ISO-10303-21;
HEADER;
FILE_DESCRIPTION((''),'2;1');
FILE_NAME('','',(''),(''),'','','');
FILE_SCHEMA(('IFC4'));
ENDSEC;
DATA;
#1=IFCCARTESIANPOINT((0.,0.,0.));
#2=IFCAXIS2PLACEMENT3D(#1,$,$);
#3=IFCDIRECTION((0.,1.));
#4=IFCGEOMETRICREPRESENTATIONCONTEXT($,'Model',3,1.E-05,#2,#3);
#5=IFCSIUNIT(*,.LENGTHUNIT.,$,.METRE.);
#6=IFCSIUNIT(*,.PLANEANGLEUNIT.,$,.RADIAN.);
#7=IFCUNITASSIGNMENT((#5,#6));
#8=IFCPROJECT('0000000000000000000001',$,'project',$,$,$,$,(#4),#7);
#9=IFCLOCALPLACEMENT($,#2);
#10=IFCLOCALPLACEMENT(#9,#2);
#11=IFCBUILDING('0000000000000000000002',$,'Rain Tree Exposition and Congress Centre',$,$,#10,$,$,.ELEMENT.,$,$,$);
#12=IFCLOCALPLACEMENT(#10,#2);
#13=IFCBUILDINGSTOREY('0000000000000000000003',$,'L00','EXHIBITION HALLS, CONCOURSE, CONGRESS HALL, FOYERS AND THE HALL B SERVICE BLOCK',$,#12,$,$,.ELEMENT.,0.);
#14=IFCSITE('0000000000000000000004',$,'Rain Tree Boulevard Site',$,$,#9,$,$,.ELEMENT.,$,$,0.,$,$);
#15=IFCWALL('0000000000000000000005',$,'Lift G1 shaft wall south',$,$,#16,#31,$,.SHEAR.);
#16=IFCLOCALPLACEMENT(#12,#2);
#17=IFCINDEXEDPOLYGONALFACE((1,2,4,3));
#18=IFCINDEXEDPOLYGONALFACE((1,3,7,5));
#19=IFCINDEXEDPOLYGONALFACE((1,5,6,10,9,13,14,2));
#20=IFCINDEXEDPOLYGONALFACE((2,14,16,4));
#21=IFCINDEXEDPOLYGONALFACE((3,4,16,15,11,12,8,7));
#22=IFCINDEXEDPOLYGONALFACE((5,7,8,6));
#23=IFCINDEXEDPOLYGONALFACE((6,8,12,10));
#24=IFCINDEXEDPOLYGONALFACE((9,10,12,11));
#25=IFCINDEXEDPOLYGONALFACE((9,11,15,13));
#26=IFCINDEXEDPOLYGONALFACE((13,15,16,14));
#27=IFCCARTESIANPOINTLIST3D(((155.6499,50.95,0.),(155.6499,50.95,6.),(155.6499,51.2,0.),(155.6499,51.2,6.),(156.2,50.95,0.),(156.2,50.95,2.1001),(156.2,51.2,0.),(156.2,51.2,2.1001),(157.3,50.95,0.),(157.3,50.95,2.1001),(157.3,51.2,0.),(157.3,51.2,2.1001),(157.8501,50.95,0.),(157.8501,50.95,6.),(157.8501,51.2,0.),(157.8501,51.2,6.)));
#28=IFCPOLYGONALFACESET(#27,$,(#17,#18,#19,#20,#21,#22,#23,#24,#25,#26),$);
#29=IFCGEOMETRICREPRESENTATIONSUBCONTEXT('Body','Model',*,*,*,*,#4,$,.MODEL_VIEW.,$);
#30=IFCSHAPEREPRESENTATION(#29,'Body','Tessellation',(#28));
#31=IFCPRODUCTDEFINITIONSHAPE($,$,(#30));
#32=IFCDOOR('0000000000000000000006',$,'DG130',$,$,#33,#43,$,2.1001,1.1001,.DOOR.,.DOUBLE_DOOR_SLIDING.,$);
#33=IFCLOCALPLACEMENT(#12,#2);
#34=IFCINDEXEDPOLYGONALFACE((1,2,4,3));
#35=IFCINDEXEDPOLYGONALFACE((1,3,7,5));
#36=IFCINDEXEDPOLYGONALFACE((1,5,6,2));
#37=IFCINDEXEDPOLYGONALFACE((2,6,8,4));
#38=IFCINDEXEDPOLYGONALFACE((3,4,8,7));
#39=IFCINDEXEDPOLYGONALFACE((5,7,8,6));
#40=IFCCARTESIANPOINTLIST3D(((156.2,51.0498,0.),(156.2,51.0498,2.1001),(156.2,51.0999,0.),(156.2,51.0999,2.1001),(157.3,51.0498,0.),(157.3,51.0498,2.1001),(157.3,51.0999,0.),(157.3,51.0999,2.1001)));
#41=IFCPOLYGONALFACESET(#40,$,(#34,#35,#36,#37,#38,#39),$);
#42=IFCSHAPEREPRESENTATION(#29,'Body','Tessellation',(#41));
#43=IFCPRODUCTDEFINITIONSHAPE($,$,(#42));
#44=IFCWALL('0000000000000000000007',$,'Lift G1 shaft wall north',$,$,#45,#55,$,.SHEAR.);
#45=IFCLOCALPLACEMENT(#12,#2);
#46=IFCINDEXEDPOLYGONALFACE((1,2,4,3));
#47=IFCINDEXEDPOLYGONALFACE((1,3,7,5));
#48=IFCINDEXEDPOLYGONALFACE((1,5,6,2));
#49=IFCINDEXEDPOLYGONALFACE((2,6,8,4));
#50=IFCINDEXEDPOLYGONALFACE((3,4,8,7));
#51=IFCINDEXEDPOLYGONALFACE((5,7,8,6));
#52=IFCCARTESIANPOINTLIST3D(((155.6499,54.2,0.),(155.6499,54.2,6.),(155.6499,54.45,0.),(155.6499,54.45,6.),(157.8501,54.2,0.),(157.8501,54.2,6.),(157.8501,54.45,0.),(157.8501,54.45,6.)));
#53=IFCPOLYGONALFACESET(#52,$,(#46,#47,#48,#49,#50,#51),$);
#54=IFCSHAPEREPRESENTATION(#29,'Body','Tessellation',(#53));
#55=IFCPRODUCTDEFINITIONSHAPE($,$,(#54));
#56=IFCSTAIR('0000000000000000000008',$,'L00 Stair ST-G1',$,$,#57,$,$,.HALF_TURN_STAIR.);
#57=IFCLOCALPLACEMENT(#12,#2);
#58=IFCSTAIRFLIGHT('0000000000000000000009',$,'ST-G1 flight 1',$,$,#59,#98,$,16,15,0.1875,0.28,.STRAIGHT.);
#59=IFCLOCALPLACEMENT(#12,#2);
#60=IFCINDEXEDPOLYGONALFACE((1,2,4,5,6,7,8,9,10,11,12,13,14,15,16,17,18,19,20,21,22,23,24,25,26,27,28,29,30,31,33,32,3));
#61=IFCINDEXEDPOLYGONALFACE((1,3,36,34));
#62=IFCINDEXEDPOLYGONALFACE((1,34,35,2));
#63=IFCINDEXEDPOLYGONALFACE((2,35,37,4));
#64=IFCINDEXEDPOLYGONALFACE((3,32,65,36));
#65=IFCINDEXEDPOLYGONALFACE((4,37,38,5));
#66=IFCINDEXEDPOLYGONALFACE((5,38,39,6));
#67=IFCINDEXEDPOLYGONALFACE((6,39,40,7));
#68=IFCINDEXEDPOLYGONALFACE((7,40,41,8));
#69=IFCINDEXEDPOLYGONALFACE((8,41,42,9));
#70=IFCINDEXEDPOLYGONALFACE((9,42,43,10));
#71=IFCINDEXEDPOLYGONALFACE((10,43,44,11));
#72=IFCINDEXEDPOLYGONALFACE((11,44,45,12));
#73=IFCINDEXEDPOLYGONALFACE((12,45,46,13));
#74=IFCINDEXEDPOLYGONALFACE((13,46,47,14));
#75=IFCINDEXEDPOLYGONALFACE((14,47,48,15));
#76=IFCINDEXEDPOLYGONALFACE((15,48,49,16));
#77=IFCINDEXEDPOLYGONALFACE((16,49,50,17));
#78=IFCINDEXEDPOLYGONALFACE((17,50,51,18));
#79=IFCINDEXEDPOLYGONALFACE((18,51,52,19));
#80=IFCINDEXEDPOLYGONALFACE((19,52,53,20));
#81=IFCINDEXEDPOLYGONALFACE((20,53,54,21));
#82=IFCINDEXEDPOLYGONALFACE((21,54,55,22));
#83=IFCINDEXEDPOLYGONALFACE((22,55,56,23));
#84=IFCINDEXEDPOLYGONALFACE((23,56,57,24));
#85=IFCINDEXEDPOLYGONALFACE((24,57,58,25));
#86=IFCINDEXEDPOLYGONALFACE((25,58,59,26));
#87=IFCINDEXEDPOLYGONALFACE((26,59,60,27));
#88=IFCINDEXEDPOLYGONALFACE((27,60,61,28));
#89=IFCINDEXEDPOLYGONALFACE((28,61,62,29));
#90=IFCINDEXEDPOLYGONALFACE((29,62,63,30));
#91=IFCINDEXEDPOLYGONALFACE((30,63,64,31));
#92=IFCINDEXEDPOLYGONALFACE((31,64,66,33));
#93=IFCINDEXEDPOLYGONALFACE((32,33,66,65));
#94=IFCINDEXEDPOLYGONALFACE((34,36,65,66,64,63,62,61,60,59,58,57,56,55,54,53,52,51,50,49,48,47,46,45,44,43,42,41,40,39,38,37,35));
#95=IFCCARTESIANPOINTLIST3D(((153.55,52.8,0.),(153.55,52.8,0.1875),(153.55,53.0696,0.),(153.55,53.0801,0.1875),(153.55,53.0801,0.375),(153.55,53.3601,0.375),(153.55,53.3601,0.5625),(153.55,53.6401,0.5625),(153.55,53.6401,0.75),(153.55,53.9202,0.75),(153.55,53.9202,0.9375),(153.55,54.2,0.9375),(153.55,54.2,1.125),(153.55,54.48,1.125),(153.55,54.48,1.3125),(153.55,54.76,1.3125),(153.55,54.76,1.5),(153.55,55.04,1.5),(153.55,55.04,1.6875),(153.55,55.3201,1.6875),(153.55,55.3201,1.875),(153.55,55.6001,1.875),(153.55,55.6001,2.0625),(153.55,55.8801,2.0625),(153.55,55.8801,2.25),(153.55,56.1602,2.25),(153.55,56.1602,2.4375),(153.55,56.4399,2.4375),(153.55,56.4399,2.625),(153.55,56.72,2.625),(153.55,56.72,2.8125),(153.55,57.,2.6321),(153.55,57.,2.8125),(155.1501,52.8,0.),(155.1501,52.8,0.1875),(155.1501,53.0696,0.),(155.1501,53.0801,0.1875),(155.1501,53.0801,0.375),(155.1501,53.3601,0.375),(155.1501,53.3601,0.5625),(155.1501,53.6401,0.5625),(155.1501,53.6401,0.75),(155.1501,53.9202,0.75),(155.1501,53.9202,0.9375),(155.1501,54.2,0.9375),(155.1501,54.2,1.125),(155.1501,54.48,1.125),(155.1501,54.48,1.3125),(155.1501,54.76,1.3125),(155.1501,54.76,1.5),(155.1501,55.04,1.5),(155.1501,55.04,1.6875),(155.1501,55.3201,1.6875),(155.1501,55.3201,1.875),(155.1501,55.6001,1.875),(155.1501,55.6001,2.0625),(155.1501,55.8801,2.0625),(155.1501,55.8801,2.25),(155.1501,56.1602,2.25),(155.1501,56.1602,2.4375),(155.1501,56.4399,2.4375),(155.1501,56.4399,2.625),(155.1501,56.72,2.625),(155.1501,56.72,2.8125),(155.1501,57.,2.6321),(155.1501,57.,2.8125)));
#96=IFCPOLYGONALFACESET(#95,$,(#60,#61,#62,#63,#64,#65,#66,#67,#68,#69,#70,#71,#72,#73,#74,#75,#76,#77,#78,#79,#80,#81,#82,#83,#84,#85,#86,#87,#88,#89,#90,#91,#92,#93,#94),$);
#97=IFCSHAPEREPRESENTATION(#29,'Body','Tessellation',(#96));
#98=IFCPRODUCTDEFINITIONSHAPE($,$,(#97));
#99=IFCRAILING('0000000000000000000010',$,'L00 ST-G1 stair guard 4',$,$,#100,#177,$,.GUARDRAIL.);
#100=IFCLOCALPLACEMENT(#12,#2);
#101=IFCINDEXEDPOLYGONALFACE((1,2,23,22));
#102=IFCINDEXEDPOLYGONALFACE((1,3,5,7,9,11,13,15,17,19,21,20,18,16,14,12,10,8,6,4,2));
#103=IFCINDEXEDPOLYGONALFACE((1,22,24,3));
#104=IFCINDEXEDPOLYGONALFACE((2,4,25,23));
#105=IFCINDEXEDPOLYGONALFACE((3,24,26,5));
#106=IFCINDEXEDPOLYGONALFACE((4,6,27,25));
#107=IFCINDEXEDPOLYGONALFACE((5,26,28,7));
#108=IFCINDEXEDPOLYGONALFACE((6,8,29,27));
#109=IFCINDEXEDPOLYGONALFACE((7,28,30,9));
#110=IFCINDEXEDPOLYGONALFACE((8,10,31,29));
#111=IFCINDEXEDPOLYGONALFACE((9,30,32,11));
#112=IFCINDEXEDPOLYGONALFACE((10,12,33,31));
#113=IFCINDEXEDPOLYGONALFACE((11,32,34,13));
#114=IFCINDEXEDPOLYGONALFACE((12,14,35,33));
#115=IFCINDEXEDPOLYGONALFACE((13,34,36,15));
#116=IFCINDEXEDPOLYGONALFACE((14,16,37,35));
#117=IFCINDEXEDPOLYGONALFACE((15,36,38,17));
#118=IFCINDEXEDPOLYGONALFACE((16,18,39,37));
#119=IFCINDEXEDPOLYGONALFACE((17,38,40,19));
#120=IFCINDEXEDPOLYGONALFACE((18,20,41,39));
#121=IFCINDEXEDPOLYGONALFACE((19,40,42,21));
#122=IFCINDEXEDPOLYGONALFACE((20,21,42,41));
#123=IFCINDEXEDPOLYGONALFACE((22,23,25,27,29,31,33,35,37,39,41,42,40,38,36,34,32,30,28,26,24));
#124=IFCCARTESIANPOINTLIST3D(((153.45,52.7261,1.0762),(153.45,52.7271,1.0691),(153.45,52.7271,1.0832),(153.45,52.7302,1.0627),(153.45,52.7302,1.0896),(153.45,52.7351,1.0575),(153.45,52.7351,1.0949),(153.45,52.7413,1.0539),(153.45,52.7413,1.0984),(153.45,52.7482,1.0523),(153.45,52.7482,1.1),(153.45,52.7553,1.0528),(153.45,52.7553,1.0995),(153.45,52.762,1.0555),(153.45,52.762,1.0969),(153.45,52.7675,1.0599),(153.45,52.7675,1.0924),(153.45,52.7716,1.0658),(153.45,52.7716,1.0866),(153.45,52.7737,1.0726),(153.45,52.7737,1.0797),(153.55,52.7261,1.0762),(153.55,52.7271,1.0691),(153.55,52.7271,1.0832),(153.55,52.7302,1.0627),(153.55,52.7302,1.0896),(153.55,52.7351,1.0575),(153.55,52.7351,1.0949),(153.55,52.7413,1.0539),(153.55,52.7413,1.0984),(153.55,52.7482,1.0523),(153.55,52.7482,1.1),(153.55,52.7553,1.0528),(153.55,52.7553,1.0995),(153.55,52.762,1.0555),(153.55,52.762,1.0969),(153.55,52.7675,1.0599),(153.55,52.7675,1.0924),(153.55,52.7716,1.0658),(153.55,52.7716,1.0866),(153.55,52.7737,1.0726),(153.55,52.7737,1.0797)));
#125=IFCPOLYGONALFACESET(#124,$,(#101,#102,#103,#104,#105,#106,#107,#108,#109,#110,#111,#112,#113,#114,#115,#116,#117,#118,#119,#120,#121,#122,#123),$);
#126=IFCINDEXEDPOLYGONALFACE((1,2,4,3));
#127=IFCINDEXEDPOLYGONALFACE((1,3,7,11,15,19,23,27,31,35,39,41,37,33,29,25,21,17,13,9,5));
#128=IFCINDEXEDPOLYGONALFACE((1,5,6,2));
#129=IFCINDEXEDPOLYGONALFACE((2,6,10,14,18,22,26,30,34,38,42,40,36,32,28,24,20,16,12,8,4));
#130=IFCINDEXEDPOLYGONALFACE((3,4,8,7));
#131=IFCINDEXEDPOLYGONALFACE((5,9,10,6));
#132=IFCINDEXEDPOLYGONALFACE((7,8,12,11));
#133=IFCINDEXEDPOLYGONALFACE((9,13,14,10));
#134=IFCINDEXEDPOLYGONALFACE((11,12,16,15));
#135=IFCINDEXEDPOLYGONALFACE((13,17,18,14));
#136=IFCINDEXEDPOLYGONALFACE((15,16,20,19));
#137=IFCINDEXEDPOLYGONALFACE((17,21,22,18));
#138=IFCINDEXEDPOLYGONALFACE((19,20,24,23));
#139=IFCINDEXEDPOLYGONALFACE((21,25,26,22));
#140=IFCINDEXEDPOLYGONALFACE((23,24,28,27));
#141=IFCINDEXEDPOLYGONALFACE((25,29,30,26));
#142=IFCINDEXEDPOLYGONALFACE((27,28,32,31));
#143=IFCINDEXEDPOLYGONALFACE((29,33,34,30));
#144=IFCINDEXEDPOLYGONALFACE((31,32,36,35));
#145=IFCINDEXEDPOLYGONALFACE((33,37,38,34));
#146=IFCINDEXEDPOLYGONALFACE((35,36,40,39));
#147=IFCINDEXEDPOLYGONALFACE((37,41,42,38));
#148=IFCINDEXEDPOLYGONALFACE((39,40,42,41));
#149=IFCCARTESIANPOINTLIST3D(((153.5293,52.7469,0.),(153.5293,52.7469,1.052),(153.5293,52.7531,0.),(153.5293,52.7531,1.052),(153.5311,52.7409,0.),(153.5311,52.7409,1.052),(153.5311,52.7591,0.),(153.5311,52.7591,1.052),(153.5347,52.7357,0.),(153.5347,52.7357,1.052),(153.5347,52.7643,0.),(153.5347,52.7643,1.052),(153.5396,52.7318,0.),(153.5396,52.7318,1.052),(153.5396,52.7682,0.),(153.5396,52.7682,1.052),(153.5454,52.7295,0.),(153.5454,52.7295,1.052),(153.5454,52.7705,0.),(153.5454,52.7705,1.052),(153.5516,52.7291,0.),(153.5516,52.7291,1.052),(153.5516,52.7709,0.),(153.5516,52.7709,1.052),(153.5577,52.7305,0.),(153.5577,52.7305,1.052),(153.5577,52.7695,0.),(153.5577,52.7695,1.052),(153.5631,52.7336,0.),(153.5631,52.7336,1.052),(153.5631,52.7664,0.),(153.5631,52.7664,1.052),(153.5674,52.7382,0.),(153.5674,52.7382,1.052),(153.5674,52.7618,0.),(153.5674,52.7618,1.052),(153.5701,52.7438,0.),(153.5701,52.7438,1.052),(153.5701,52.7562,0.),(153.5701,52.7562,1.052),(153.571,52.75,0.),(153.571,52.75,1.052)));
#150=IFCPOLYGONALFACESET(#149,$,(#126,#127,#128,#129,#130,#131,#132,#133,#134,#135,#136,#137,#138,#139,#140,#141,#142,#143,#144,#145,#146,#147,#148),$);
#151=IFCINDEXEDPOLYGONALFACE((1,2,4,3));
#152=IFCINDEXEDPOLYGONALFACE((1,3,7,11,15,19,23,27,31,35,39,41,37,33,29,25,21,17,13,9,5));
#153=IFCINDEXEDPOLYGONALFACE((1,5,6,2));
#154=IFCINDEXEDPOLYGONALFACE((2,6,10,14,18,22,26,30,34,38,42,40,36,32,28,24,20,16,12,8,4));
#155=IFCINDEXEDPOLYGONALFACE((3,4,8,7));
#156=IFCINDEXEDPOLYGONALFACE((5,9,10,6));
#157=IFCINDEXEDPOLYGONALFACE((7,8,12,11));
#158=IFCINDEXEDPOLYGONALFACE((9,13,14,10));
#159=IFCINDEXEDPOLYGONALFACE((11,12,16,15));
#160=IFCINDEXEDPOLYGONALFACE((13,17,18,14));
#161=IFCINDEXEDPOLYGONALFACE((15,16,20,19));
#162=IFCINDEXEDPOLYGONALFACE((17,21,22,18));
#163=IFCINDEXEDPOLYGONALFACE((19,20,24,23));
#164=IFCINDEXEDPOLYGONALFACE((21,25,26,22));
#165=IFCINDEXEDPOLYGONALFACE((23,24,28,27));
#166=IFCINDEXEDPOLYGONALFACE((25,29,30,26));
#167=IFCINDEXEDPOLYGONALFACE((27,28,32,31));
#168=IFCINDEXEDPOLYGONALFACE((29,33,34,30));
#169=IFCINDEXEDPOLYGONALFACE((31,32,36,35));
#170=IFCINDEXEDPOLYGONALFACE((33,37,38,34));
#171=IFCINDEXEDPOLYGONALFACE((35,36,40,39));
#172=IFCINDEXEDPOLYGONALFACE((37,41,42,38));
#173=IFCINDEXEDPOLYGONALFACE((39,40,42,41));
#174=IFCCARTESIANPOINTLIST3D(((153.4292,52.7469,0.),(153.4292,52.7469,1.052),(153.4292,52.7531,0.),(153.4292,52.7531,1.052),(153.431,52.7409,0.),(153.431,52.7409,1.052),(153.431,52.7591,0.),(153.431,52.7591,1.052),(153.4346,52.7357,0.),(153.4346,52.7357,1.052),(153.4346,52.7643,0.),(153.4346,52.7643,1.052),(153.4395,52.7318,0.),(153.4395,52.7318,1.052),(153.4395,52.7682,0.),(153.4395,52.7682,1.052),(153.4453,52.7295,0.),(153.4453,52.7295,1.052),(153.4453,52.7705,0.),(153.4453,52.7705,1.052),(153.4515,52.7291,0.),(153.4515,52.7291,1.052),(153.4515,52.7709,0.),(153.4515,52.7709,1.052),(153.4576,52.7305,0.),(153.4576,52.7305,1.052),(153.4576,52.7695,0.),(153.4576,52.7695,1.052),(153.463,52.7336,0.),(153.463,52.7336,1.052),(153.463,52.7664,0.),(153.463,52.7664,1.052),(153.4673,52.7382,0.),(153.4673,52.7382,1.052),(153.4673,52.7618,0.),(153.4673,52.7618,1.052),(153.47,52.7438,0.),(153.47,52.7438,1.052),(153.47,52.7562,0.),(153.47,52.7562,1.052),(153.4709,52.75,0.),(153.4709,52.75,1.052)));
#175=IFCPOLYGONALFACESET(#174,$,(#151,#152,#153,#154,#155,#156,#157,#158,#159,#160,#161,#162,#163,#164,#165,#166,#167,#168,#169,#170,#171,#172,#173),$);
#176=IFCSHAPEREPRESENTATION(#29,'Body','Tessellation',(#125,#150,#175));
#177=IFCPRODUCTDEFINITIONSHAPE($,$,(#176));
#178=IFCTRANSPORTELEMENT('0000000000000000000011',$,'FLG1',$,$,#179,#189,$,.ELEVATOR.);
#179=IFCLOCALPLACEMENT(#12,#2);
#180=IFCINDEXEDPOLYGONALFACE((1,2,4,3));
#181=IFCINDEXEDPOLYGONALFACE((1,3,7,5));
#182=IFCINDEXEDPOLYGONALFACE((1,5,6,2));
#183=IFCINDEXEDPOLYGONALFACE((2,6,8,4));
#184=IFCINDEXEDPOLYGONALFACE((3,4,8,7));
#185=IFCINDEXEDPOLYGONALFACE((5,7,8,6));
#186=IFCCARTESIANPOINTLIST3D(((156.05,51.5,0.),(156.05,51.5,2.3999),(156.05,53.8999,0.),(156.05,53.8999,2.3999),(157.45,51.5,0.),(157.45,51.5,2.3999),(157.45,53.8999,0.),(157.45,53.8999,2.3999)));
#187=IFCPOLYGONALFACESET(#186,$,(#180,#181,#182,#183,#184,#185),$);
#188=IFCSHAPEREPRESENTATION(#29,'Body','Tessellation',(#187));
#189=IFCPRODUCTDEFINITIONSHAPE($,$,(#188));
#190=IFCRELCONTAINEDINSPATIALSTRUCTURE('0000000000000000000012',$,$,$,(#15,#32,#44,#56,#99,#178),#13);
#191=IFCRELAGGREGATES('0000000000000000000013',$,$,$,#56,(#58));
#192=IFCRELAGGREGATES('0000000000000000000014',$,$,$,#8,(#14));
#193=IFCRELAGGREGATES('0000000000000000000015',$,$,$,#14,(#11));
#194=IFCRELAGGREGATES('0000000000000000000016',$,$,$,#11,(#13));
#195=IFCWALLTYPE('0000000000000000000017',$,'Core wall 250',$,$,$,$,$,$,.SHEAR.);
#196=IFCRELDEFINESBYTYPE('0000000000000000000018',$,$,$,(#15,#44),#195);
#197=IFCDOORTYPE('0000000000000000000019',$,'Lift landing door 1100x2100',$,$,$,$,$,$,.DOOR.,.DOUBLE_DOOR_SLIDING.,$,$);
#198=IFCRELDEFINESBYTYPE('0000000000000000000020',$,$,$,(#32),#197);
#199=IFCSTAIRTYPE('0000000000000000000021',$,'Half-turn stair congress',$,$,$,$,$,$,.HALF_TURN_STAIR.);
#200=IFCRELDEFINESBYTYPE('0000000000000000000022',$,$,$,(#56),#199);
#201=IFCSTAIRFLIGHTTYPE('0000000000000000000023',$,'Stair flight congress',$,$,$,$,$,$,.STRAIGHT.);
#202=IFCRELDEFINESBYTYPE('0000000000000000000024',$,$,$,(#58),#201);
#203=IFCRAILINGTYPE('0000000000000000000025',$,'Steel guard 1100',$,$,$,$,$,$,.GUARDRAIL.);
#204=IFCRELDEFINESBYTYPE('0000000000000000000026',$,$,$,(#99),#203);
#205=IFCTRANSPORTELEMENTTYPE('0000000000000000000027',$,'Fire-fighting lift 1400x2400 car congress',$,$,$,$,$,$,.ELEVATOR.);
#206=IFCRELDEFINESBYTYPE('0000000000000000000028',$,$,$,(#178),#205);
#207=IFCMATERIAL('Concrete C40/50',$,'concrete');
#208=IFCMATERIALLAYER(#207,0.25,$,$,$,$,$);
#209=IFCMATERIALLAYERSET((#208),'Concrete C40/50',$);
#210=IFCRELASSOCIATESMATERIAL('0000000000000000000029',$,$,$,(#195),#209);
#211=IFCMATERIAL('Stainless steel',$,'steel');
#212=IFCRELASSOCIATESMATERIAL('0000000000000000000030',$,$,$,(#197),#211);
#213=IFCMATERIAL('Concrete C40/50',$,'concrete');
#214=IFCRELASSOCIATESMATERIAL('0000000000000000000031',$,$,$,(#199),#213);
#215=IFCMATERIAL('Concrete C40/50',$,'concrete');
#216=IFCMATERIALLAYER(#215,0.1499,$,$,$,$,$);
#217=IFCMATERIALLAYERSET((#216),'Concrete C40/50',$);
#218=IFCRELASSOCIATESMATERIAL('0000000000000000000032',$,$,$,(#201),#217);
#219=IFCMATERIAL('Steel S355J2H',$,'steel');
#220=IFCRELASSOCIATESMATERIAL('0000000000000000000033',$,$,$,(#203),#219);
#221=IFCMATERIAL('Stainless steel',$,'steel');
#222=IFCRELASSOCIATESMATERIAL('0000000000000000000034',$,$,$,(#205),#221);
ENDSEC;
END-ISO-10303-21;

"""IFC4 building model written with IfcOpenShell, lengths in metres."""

from ifc_helpers import new_model, si_unit, direction, frame, frame_2d, origin, origin_2d, place, context, subcontext, project, spatial, polyline, rectangle, circle, outline, extrude, material, layer, layer_set, type_object, element, fill, aggregate, save


model = new_model("IFC4")

# Units and contexts
model_context = context("Model", 3, precision=1e-05, world=origin(), true_north=direction((0.0, 1.0)))
body_context = subcontext(model_context, "Body", "Model", "MODEL_VIEW")
ifc_project = project(units=[si_unit("LENGTHUNIT", "METRE"), si_unit("PLANEANGLEUNIT", "RADIAN")], contexts=[model_context])

# Site, building, storey
site_placement = place(None, origin())
site = spatial("IfcSite", under=ifc_project, at=site_placement, Name="Rain Tree Boulevard Site", CompositionType="ELEMENT", RefElevation=0.0)
building_placement = place(site_placement, origin())
building = spatial("IfcBuilding", under=site, at=building_placement, Name="Rain Tree Exposition and Congress Centre", CompositionType="ELEMENT")
storey_placement = place(building_placement, origin())
storey = spatial("IfcBuildingStorey", under=building, at=storey_placement, Name="L00", Description="EXHIBITION HALLS, CONCOURSE, CONGRESS HALL, FOYERS AND THE HALL B SERVICE BLOCK", CompositionType="ELEMENT", Elevation=0.0)

# Shared definitions
ifc_material_1 = material(Name="Concrete C40/50", Category="concrete")
ifc_layer_1 = layer(ifc_material_1, 0.25)
ifc_layer_set_1 = layer_set([ifc_layer_1], Name="Concrete C40/50")
wall_type = type_object("IfcWallType", Name="Core wall 250", PredefinedType="SHEAR", material=ifc_layer_set_1)

# Wall, opening, door
wall_1_placement = place(storey_placement, frame((155.6499, 51.075, 0.0), z_axis=(0.0, 0.0, 1.0), x_axis=(1.0, 0.0, 0.0)))
wall_1 = element("IfcWall", 1, at=wall_1_placement, inside=storey, type_object=wall_type, Name="Lift G1 shaft wall south", PredefinedType="SHEAR", context=body_context, shape_type="SweptSolid", body=[
    extrude(rectangle(XDim=2.2002, YDim=0.25, at=frame_2d((1.1001, 0.0))), origin(), (0.0, 0.0, 1.0), 6.0),
])
opening_1_placement = place(wall_1_placement, frame((0.55, 0.0, 0.0)))
opening_1 = element("IfcOpeningElement", 2, at=opening_1_placement, cuts=wall_1, PredefinedType="OPENING", context=body_context, shape_type="SweptSolid", body=[
    extrude(rectangle(XDim=1.1001, YDim=2.1001, at=frame_2d((0.55, 1.05))), frame((0.0, 0.125, 0.0), z_axis=(0.0, -1.0, 0.0), x_axis=(1.0, 0.0, 0.0)), (0.0, 0.0, 1.0), 0.25),
])
ifc_material_2 = material(Name="Stainless steel", Category="steel")
door_type_1 = type_object("IfcDoorType", Name="Lift landing door 1100x2100", OperationType="DOUBLE_DOOR_SLIDING", PredefinedType="DOOR", material=ifc_material_2)
door_1_placement = place(opening_1_placement, origin())
door_1 = element("IfcDoor", 3, at=door_1_placement, inside=storey, type_object=door_type_1, Name="DG130", OperationType="DOUBLE_DOOR_SLIDING", OverallHeight=2.1001, OverallWidth=1.1001, PredefinedType="DOOR", context=body_context, shape_type="SweptSolid", body=[
    extrude(rectangle(XDim=1.1001, YDim=2.1001, at=frame_2d((0.55, 1.05))), frame((0.0, 0.0249, 0.0), z_axis=(0.0, -1.0, 0.0), x_axis=(1.0, 0.0, 0.0)), (0.0, 0.0, 1.0), 0.05),
])
fill(opening_1, door_1)

# Wall
wall_2_placement = place(storey_placement, frame((155.6499, 54.325, 0.0), z_axis=(0.0, 0.0, 1.0), x_axis=(1.0, 0.0, 0.0)))
element("IfcWall", 4, at=wall_2_placement, inside=storey, type_object=wall_type, Name="Lift G1 shaft wall north", PredefinedType="SHEAR", context=body_context, shape_type="SweptSolid", body=[
    extrude(rectangle(XDim=2.2002, YDim=0.25, at=frame_2d((1.1001, 0.0))), origin(), (0.0, 0.0, 1.0), 6.0),
])

# Stair, stair flight
ifc_material_3 = material(Name="Concrete C40/50", Category="concrete")
stair_type = type_object("IfcStairType", Name="Half-turn stair congress", PredefinedType="HALF_TURN_STAIR", material=ifc_material_3)
stair_placement = place(storey_placement, origin())
stair = element("IfcStair", 5, at=stair_placement, inside=storey, type_object=stair_type, Name="L00 Stair ST-G1", PredefinedType="HALF_TURN_STAIR")
ifc_material_4 = material(Name="Concrete C40/50", Category="concrete")
ifc_layer_2 = layer(ifc_material_4, 0.1499)
ifc_layer_set_2 = layer_set([ifc_layer_2], Name="Concrete C40/50")
stair_flight_type = type_object("IfcStairFlightType", Name="Stair flight congress", PredefinedType="STRAIGHT", material=ifc_layer_set_2)
stair_flight_placement = place(storey_placement, frame((154.3501, 52.8, 0.0), z_axis=(0.0, 0.0, 1.0), x_axis=(0.0, 1.0, 0.0)))
stair_flight = element("IfcStairFlight", 6, at=stair_flight_placement, type_object=stair_flight_type, Name="ST-G1 flight 1", NumberOfRisers=16, NumberOfTreads=15, PredefinedType="STRAIGHT", RiserHeight=0.1875, TreadLength=0.28, context=body_context, shape_type="SweptSolid", body=[
    extrude(outline(polyline([(0.0, 0.0), (0.0, 0.1875), (0.28, 0.1875), (0.28, 0.375), (0.5601, 0.375), (0.5601, 0.5625), (0.8401, 0.5625), (0.8401, 0.75), (1.1201, 0.75), (1.1201, 0.9375), (1.3999, 0.9375), (1.3999, 1.125), (1.6799, 1.125), (1.6799, 1.3125), (1.96, 1.3125), (1.96, 1.5), (2.24, 1.5), (2.24, 1.6875), (2.52, 1.6875), (2.52, 1.875), (2.8, 1.875), (2.8, 2.0625), (3.0801, 2.0625), (3.0801, 2.25), (3.3601, 2.25), (3.3601, 2.4375), (3.6399, 2.4375), (3.6399, 2.625), (3.9199, 2.625), (3.9199, 2.8125), (4.2, 2.8125), (4.2, 3.0), (4.2, 2.6321), (0.2695, 0.0), (0.0, 0.0)])), frame((0.0, 0.8, 0.0), z_axis=(0.0, -1.0, 0.0), x_axis=(1.0, 0.0, 0.0)), (0.0, 0.0, 1.0), 1.6001),
])
aggregate(stair, [stair_flight])

# Railing
ifc_material_5 = material(Name="Steel S355J2H", Category="steel")
railing_type_1 = type_object("IfcRailingType", Name="Steel guard 1100", PredefinedType="GUARDRAIL", material=ifc_material_5)
railing_1_placement = place(storey_placement, frame((153.55, 52.75, 0.0)))
element("IfcRailing", 7, at=railing_1_placement, inside=storey, type_object=railing_type_1, Name="L00 ST-G1 stair guard 4", PredefinedType="GUARDRAIL", context=body_context, shape_type="SweptSolid", body=[
    extrude(circle(Radius=0.0239, at=origin_2d()), frame((0.0, 0.0, 1.0762), z_axis=(-1.0, 0.0, 0.0), x_axis=(0.0, -1.0, 0.0)), (0.0, 0.0, 1.0), 0.1001),
    extrude(circle(Radius=0.021, at=origin_2d()), origin(), (0.0, 0.0, 1.0), 1.052),
    extrude(circle(Radius=0.021, at=origin_2d()), frame((-0.1001, 0.0, 0.0)), (0.0, 0.0, 1.0), 1.052),
])

# Transport element
ifc_material_6 = material(Name="Stainless steel", Category="steel")
transport_element_type = type_object("IfcTransportElementType", Name="Fire-fighting lift 1400x2400 car congress", PredefinedType="ELEVATOR", material=ifc_material_6)
transport_element_placement = place(storey_placement, frame((156.75, 52.7, 0.0), z_axis=(0.0, 0.0, 1.0), x_axis=(1.0, 0.0, 0.0)))
element("IfcTransportElement", 8, at=transport_element_placement, inside=storey, type_object=transport_element_type, Name="FLG1", PredefinedType="ELEVATOR", context=body_context, shape_type="SweptSolid", body=[
    extrude(rectangle(XDim=1.3999, YDim=2.3999, at=origin_2d()), origin(), (0.0, 0.0, 1.0), 2.3999),
])

save(model, "model.ifc")
